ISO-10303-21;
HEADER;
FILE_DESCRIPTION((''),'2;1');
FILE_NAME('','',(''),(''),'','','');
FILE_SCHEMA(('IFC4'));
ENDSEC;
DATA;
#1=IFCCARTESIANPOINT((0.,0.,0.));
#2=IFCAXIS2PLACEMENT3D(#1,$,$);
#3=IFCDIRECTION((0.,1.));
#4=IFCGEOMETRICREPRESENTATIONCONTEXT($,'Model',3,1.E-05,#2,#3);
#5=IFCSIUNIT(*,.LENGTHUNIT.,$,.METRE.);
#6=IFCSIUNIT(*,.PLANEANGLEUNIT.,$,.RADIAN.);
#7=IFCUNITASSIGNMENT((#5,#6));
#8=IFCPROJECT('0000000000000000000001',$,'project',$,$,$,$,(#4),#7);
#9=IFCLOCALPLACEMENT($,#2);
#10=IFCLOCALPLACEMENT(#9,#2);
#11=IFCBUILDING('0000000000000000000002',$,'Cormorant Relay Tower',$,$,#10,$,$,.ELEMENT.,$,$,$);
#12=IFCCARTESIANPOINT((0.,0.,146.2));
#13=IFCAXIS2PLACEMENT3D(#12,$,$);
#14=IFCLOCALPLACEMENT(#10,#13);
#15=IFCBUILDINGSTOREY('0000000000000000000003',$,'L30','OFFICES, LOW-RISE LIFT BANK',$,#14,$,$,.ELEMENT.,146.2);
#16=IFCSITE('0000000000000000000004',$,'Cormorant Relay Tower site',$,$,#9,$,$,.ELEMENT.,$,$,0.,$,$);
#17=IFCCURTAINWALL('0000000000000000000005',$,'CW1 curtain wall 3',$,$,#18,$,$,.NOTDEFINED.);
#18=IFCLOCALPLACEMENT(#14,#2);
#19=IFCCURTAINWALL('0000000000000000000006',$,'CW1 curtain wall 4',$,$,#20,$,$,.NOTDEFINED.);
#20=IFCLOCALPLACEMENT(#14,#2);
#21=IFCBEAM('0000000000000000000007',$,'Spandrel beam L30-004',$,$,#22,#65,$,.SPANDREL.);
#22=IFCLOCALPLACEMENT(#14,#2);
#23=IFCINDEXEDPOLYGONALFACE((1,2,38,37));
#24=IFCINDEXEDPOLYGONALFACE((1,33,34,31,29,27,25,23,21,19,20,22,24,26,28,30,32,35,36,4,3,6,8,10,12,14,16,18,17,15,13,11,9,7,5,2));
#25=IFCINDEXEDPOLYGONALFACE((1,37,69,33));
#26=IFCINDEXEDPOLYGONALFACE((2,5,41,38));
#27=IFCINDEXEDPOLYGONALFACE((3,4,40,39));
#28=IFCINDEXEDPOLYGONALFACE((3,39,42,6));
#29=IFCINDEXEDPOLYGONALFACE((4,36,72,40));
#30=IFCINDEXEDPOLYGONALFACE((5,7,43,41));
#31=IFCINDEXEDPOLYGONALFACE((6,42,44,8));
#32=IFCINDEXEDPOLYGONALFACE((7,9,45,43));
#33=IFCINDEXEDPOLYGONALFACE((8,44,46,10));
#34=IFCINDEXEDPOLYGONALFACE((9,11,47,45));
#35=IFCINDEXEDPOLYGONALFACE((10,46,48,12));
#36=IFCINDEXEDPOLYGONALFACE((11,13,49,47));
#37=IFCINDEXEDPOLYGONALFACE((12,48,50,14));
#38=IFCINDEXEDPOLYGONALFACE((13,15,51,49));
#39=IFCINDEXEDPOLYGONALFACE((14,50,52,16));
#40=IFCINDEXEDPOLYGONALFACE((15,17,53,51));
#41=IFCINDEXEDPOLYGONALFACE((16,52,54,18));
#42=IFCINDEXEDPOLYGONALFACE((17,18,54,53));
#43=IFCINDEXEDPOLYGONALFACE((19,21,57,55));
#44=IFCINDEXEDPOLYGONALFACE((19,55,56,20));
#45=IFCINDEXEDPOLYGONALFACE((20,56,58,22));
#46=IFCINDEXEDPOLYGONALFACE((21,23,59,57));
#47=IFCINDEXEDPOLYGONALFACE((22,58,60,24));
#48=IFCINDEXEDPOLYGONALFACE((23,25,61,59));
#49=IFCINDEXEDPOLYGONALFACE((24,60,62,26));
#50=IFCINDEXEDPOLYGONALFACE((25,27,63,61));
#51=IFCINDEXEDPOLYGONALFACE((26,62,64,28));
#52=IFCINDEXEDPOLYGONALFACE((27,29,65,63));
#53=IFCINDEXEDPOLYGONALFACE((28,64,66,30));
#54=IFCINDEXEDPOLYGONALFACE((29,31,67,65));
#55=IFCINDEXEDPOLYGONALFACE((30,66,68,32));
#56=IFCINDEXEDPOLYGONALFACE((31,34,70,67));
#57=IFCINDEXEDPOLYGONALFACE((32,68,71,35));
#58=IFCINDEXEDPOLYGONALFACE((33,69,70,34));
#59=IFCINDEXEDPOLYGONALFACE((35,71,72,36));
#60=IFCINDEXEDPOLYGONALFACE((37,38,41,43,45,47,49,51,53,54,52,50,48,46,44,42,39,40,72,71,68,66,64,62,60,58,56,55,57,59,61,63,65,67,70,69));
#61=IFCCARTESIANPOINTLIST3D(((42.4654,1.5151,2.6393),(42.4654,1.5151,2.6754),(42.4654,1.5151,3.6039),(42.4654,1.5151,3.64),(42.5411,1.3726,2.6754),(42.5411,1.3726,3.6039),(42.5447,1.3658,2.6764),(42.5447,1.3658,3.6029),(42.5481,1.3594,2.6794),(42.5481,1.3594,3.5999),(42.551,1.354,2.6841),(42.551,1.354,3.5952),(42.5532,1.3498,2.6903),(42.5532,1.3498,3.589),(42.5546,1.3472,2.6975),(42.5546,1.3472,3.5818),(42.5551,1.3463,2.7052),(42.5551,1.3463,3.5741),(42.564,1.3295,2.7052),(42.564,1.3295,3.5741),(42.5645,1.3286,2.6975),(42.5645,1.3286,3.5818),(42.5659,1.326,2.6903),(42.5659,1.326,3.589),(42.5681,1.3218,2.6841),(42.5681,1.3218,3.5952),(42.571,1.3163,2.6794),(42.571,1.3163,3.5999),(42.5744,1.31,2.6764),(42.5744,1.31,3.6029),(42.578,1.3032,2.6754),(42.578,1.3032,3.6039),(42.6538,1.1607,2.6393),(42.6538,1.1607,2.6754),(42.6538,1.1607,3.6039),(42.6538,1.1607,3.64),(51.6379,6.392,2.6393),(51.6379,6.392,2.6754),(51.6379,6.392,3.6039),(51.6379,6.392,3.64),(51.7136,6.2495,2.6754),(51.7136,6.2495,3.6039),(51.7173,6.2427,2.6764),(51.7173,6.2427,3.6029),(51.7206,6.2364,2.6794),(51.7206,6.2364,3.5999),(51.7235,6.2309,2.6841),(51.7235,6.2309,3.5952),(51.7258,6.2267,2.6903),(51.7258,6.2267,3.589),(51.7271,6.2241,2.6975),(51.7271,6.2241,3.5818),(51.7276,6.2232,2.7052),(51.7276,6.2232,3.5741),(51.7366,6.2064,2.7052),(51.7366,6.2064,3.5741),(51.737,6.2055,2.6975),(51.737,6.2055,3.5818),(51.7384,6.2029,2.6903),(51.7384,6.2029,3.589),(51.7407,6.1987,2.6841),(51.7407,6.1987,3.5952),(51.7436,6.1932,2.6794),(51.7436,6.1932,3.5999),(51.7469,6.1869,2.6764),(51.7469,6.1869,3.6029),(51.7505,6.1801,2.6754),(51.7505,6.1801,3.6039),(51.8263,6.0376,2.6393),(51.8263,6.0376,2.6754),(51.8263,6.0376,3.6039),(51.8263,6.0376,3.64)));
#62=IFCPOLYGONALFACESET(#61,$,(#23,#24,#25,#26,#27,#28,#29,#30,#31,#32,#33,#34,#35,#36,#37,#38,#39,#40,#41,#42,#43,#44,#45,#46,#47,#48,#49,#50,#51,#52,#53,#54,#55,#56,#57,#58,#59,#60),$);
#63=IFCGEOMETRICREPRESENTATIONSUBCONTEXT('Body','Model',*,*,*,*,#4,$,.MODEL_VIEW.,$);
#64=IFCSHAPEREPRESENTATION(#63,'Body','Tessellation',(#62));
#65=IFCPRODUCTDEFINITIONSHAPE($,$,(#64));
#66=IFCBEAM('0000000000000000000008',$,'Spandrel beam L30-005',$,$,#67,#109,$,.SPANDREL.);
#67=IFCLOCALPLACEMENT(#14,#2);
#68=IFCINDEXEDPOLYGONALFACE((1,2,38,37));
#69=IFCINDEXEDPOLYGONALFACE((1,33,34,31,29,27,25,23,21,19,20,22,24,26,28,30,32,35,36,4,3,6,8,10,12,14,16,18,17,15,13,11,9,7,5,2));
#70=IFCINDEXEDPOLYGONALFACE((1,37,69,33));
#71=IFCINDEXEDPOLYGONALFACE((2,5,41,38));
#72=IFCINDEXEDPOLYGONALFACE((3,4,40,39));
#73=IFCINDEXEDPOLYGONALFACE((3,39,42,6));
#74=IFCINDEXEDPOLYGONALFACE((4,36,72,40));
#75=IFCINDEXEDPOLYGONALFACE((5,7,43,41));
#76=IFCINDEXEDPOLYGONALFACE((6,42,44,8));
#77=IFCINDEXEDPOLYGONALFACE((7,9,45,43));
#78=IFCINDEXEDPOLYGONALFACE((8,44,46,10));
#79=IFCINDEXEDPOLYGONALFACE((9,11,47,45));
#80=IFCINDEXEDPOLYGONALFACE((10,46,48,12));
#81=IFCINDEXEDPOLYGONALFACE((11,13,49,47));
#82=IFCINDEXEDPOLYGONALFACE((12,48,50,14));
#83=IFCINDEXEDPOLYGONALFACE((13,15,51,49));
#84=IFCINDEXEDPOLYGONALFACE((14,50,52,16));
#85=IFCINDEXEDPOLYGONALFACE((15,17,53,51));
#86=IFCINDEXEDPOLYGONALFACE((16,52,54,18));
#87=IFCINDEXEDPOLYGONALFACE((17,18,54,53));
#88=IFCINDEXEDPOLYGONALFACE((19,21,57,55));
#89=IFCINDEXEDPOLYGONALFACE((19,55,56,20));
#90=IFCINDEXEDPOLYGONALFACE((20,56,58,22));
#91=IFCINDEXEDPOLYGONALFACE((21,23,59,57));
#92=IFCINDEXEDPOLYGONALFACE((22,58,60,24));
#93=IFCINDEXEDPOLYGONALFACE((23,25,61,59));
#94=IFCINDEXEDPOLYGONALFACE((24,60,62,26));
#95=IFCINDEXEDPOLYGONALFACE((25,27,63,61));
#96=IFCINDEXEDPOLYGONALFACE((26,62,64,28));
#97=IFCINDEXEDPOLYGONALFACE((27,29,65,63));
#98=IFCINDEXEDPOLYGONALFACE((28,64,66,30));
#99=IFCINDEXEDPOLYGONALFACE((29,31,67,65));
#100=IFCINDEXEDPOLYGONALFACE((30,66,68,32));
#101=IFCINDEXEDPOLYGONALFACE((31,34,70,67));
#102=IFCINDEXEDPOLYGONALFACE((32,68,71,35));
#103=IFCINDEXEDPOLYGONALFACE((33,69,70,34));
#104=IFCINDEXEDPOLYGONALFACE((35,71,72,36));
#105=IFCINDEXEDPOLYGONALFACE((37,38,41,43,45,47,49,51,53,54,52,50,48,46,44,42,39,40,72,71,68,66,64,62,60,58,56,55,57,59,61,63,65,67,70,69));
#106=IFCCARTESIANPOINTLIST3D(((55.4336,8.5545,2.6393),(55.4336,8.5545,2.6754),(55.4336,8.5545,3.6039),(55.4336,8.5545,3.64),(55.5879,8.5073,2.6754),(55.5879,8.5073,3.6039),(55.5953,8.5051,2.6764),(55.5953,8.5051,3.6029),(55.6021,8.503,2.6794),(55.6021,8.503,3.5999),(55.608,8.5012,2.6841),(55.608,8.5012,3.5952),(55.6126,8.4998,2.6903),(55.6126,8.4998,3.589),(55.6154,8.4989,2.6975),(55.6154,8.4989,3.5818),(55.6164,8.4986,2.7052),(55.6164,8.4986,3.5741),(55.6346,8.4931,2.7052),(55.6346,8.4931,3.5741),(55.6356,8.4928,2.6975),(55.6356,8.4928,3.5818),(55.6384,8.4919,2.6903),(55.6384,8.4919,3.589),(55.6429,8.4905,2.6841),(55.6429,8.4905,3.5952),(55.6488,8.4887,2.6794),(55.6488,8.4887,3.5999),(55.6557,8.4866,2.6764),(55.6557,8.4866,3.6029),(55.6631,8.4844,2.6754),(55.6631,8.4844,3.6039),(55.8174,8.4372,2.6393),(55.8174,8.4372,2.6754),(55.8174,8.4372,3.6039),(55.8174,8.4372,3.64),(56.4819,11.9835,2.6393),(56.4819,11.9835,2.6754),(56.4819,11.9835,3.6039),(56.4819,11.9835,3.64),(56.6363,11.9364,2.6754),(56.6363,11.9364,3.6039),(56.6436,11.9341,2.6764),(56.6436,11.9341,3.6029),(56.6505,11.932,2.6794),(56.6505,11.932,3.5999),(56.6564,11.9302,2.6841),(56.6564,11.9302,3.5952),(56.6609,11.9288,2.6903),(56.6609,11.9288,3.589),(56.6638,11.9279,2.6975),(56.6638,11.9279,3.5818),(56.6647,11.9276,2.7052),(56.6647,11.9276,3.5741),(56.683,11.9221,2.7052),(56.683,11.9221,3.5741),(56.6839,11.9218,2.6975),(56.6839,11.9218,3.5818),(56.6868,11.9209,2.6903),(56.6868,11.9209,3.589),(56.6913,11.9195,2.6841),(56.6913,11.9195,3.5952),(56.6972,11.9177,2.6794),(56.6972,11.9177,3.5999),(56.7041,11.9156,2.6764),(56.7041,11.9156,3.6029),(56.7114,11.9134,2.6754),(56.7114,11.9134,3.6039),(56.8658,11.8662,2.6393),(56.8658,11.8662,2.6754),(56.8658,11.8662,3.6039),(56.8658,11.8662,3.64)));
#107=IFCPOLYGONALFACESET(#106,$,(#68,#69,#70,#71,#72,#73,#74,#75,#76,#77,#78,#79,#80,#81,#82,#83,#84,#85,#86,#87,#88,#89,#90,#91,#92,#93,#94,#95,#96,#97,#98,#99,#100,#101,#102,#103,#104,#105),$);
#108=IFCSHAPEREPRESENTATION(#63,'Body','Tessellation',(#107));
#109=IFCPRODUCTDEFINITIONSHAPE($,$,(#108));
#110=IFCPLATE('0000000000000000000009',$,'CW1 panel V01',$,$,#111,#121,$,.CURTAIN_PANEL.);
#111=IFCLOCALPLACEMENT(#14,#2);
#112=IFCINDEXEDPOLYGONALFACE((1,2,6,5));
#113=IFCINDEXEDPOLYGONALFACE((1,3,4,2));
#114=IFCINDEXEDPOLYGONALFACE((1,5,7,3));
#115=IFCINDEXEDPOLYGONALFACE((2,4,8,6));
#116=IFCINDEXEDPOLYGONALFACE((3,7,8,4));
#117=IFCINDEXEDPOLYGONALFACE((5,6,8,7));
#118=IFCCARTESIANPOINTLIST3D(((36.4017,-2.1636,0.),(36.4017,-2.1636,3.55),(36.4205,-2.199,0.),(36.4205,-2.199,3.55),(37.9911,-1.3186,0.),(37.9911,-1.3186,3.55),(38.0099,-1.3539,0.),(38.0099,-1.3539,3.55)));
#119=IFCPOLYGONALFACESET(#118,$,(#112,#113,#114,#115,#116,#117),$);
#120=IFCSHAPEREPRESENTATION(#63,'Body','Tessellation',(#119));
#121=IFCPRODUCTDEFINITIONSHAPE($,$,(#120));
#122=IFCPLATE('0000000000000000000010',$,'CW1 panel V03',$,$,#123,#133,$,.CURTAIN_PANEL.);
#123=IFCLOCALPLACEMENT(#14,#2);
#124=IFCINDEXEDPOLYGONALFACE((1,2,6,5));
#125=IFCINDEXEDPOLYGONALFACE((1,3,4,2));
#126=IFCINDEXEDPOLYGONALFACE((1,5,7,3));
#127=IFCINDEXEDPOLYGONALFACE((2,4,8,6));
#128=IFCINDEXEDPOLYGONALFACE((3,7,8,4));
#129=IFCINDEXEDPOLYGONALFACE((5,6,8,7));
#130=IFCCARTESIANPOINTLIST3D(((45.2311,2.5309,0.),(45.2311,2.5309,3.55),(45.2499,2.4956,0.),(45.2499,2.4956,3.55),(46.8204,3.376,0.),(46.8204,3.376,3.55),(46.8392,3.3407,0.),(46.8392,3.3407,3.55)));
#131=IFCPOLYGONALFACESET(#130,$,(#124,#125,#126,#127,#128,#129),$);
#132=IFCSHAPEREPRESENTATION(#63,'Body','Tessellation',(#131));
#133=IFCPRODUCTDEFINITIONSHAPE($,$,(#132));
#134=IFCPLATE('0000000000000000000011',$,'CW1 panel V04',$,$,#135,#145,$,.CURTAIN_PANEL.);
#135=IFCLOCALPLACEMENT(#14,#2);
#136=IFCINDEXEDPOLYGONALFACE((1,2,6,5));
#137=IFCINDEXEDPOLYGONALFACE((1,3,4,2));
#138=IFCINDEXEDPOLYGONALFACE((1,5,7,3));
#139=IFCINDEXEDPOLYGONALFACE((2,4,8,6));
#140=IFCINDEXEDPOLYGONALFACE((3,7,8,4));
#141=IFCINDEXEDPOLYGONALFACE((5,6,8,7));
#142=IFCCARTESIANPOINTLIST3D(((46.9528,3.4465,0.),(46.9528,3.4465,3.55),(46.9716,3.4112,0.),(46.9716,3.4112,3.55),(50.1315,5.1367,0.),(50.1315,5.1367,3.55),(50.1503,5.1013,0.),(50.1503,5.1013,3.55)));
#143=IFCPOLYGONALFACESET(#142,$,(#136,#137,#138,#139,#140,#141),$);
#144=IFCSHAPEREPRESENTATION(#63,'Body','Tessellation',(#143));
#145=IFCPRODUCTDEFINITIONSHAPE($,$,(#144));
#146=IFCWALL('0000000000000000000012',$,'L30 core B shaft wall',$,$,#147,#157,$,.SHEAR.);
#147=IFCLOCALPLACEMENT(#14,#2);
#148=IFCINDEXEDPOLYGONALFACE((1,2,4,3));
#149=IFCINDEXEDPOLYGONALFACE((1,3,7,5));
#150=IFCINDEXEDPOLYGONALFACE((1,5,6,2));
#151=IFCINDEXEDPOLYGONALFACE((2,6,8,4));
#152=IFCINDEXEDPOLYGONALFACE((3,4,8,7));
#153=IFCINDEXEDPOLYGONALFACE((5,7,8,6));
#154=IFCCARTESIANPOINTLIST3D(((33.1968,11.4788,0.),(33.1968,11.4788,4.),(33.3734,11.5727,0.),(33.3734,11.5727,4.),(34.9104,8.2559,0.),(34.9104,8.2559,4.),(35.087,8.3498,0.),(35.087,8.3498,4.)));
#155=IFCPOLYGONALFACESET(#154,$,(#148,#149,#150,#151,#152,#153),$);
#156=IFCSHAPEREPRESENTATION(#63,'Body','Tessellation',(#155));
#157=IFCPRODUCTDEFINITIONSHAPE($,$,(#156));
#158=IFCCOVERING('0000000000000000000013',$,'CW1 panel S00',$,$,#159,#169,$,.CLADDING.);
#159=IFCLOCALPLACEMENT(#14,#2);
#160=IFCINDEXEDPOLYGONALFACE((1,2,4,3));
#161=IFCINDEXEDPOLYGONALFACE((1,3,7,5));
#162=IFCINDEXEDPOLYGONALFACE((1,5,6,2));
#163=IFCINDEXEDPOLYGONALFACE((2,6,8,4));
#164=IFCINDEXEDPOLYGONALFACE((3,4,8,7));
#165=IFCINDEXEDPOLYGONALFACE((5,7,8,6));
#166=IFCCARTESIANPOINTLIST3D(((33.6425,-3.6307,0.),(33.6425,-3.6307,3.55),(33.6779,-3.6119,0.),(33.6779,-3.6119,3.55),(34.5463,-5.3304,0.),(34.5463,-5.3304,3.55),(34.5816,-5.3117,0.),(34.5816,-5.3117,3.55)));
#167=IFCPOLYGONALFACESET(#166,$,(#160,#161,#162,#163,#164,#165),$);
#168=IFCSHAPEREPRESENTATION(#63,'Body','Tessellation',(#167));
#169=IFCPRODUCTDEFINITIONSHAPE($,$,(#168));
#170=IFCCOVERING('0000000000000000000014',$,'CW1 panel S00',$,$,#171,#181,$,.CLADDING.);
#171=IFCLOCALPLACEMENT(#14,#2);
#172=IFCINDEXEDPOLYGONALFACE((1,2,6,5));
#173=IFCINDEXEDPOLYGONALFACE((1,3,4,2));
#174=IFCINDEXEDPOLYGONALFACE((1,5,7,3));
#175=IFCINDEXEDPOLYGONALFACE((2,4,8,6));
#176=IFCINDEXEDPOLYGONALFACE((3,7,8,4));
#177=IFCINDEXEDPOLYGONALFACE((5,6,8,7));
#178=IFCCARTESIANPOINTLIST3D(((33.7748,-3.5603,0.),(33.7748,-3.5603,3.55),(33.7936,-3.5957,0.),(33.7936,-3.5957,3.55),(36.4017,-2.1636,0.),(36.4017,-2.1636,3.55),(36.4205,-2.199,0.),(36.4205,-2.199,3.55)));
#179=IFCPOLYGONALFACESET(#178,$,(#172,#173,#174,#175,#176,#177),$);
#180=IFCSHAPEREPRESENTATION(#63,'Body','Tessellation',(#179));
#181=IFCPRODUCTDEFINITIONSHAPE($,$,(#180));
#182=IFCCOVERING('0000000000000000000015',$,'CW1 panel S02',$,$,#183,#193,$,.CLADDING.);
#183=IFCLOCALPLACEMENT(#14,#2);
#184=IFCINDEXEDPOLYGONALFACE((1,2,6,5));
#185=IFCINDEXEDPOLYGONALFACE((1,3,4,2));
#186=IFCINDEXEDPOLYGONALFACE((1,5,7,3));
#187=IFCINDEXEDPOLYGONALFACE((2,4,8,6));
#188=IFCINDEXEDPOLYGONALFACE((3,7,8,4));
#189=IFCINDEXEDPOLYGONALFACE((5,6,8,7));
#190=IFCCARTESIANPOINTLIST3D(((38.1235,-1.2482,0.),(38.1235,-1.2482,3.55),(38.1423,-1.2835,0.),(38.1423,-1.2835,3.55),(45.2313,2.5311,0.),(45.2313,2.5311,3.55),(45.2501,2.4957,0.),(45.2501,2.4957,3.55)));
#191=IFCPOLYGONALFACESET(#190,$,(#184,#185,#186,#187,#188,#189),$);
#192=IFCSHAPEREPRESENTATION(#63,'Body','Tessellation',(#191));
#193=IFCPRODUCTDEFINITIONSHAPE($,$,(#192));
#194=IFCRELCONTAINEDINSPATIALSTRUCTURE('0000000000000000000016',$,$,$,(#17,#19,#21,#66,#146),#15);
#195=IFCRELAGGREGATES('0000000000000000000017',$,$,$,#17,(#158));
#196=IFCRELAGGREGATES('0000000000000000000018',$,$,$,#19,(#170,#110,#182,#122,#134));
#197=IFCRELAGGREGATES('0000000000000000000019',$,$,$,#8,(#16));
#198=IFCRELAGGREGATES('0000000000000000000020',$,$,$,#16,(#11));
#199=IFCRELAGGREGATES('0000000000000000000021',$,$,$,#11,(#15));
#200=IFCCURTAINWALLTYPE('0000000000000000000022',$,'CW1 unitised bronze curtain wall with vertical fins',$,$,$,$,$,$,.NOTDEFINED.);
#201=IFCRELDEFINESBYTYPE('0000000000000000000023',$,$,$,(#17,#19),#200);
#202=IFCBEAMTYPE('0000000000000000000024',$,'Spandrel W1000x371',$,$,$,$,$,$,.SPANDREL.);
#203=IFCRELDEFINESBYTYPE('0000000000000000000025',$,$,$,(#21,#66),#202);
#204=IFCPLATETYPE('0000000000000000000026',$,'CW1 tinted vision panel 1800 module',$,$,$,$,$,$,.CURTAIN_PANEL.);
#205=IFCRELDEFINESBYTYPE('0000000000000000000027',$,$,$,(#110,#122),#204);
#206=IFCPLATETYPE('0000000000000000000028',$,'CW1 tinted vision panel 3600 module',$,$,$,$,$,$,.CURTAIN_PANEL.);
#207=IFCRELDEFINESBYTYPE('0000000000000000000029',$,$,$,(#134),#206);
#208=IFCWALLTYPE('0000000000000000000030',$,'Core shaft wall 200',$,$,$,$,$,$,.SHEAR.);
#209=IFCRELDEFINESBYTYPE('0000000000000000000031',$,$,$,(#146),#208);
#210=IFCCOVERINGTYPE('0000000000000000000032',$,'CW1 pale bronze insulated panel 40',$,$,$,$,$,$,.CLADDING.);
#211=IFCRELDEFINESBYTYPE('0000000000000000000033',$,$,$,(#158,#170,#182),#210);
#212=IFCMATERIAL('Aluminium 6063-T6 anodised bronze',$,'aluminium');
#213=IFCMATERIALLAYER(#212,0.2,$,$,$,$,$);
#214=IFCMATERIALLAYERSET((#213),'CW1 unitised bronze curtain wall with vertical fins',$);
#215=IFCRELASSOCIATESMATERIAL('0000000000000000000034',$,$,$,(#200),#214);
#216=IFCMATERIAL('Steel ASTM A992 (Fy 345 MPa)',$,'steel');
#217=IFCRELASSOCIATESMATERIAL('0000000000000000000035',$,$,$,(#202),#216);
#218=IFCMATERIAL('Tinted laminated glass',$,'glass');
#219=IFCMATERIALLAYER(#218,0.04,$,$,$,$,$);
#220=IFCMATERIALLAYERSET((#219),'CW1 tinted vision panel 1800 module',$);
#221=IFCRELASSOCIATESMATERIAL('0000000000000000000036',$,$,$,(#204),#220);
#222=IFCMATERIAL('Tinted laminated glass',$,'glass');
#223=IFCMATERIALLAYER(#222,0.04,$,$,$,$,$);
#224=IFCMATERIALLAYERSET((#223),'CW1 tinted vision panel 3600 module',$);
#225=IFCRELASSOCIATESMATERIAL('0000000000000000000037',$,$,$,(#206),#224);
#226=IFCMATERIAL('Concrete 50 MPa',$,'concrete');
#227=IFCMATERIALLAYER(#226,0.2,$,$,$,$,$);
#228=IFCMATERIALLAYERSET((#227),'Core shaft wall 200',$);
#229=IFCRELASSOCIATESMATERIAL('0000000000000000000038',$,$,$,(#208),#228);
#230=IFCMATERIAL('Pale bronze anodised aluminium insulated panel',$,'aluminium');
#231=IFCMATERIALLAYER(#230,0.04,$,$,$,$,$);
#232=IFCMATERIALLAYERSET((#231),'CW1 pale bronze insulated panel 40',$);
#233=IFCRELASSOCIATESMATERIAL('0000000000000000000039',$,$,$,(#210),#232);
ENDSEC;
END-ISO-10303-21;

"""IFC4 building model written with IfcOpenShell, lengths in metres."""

from ifc_helpers import new_model, si_unit, direction, frame, frame_2d, origin, origin_2d, place, context, subcontext, project, spatial, rectangle, i_section, extrude, material, layer, layer_set, material_profile, profile_set, type_object, element, aggregate, save


model = new_model("IFC4")

# Units and contexts
model_context = context("Model", 3, precision=1e-05, world=origin(), true_north=direction((0.0, 1.0)))
body_context = subcontext(model_context, "Body", "Model", "MODEL_VIEW")
ifc_project = project(units=[si_unit("LENGTHUNIT", "METRE"), si_unit("PLANEANGLEUNIT", "RADIAN")], contexts=[model_context])

# Site, building, storey
site_placement = place(None, origin())
site = spatial("IfcSite", under=ifc_project, at=site_placement, Name="Cormorant Relay Tower site", CompositionType="ELEMENT", RefElevation=0.0)
building_placement = place(site_placement, origin())
building = spatial("IfcBuilding", under=site, at=building_placement, Name="Cormorant Relay Tower", CompositionType="ELEMENT")
storey_placement = place(building_placement, frame((0.0, 0.0, 146.2)))
storey = spatial("IfcBuildingStorey", under=building, at=storey_placement, Name="L30", Description="OFFICES, LOW-RISE LIFT BANK", CompositionType="ELEMENT", Elevation=146.2)

# Curtain wall
ifc_material_1 = material(Name="Aluminium 6063-T6 anodised bronze", Category="aluminium")
ifc_layer_1 = layer(ifc_material_1, 0.2)
ifc_layer_set_1 = layer_set([ifc_layer_1], Name="CW1 unitised bronze curtain wall with vertical fins")
curtain_wall_type = type_object("IfcCurtainWallType", Name="CW1 unitised bronze curtain wall with vertical fins", PredefinedType="NOTDEFINED", material=ifc_layer_set_1)
curtain_wall_1_placement = place(storey_placement, origin())
curtain_wall_1 = element("IfcCurtainWall", 1, at=curtain_wall_1_placement, inside=storey, type_object=curtain_wall_type, Name="CW1 curtain wall 3", PredefinedType="NOTDEFINED")

# Curtain wall
curtain_wall_2_placement = place(storey_placement, origin())
curtain_wall_2 = element("IfcCurtainWall", 2, at=curtain_wall_2_placement, inside=storey, type_object=curtain_wall_type, Name="CW1 curtain wall 4", PredefinedType="NOTDEFINED")

# Beams
ifc_material_2 = material(Name="Steel ASTM A992 (Fy 345 MPa)", Category="steel")
ifc_material_profile_1 = material_profile(ifc_material_2, i_section(OverallWidth=0.4014, OverallDepth=1.0007, WebThickness=0.019, FlangeThickness=0.0361, FilletRadius=0.0298, at=origin_2d()), Name="W1000x371")
ifc_profile_set_1 = profile_set([ifc_material_profile_1], Name="Steel ASTM A992 (Fy 345 MPa)")
beam_type = type_object("IfcBeamType", Name="Spandrel W1000x371", PredefinedType="SPANDREL", material=ifc_profile_set_1)
beam_1_placement = place(storey_placement, frame((42.5596, 1.3379, 3.1396), z_axis=(0.882956, 0.469456, 0.0), x_axis=(-0.469456, 0.882956, 0.0)))
element("IfcBeam", 3, at=beam_1_placement, inside=storey, type_object=beam_type, Name="Spandrel beam L30-004", PredefinedType="SPANDREL", context=body_context, shape_type="SweptSolid", body=[
    extrude(i_section(OverallWidth=0.4014, OverallDepth=1.0007, WebThickness=0.019, FlangeThickness=0.0361, FilletRadius=0.0298, at=origin_2d()), origin(), (0.0, 0.0, 1.0), 10.3884),
])
beam_2_placement = place(storey_placement, frame((55.6255, 8.4958, 3.1396), z_axis=(0.292372, 0.956305, 0.0), x_axis=(-0.956305, 0.292372, 0.0)))
element("IfcBeam", 4, at=beam_2_placement, inside=storey, type_object=beam_type, Name="Spandrel beam L30-005", PredefinedType="SPANDREL", context=body_context, shape_type="SweptSolid", body=[
    extrude(i_section(OverallWidth=0.4014, OverallDepth=1.0007, WebThickness=0.019, FlangeThickness=0.0361, FilletRadius=0.0298, at=origin_2d()), origin(), (0.0, 0.0, 1.0), 3.5857),
])

# Plates
ifc_material_3 = material(Name="Tinted laminated glass", Category="glass")
ifc_layer_2 = layer(ifc_material_3, 0.04)
ifc_layer_set_2 = layer_set([ifc_layer_2], Name="CW1 tinted vision panel 1800 module")
plate_type_1 = type_object("IfcPlateType", Name="CW1 tinted vision panel 1800 module", PredefinedType="CURTAIN_PANEL", material=ifc_layer_set_2)
plate_1_placement = place(storey_placement, frame((37.2058, -1.7588, 0.0), z_axis=(0.0, 0.0, 1.0), x_axis=(0.882948, 0.469472, 0.0)))
plate_1 = element("IfcPlate", 5, at=plate_1_placement, type_object=plate_type_1, Name="CW1 panel V01", PredefinedType="CURTAIN_PANEL", context=body_context, shape_type="SweptSolid", body=[
    extrude(rectangle(XDim=1.8, YDim=0.04, at=origin_2d()), origin(), (0.0, 0.0, 1.0), 3.55),
])
plate_2_placement = place(storey_placement, frame((46.0352, 2.9358, 0.0), z_axis=(0.0, 0.0, 1.0), x_axis=(0.882948, 0.469472, 0.0)))
plate_2 = element("IfcPlate", 6, at=plate_2_placement, type_object=plate_type_1, Name="CW1 panel V03", PredefinedType="CURTAIN_PANEL", context=body_context, shape_type="SweptSolid", body=[
    extrude(rectangle(XDim=1.8, YDim=0.04, at=origin_2d()), origin(), (0.0, 0.0, 1.0), 3.55),
])
ifc_material_4 = material(Name="Tinted laminated glass", Category="glass")
ifc_layer_3 = layer(ifc_material_4, 0.04)
ifc_layer_set_3 = layer_set([ifc_layer_3], Name="CW1 tinted vision panel 3600 module")
plate_type_2 = type_object("IfcPlateType", Name="CW1 tinted vision panel 3600 module", PredefinedType="CURTAIN_PANEL", material=ifc_layer_set_3)
plate_3_placement = place(storey_placement, frame((48.5515, 4.2739, 0.0), z_axis=(0.0, 0.0, 1.0), x_axis=(0.882948, 0.469472, 0.0)))
plate_3 = element("IfcPlate", 7, at=plate_3_placement, type_object=plate_type_2, Name="CW1 panel V04", PredefinedType="CURTAIN_PANEL", context=body_context, shape_type="SweptSolid", body=[
    extrude(rectangle(XDim=3.6001, YDim=0.04, at=origin_2d()), origin(), (0.0, 0.0, 1.0), 3.55),
])

# Wall
ifc_material_5 = material(Name="Concrete 50 MPa", Category="concrete")
ifc_layer_4 = layer(ifc_material_5, 0.2)
ifc_layer_set_4 = layer_set([ifc_layer_4], Name="Core shaft wall 200")
wall_type_1 = type_object("IfcWallType", Name="Core shaft wall 200", PredefinedType="SHEAR", material=ifc_layer_set_4)
wall_1_placement = place(storey_placement, frame((34.9988, 8.3027, 0.0), z_axis=(0.0, 0.0, 1.0), x_axis=(-0.469467, 0.88295, 0.0)))
element("IfcWall", 8, at=wall_1_placement, inside=storey, type_object=wall_type_1, Name="L30 core B shaft wall", PredefinedType="SHEAR", context=body_context, shape_type="SweptSolid", body=[
    extrude(rectangle(XDim=3.6501, YDim=0.2, at=frame_2d((1.8252, 0.0))), origin(), (0.0, 0.0, 1.0), 4.0),
])

# Coverings
ifc_material_6 = material(Name="Pale bronze anodised aluminium insulated panel", Category="aluminium")
ifc_layer_5 = layer(ifc_material_6, 0.04)
ifc_layer_set_5 = layer_set([ifc_layer_5], Name="CW1 pale bronze insulated panel 40")
covering_type = type_object("IfcCoveringType", Name="CW1 pale bronze insulated panel 40", PredefinedType="CLADDING", material=ifc_layer_set_5)
covering_1_placement = place(storey_placement, frame((34.1121, -4.4712, 0.0), z_axis=(0.0, 0.0, 1.0), x_axis=(-0.469472, 0.882948, 0.0)))
covering_1 = element("IfcCovering", 9, at=covering_1_placement, type_object=covering_type, Name="CW1 panel S00", PredefinedType="CLADDING", context=body_context, shape_type="SweptSolid", body=[
    extrude(rectangle(XDim=1.925, YDim=0.04, at=origin_2d()), origin(), (0.0, 0.0, 1.0), 3.55),
])
aggregate(curtain_wall_1, [covering_1])
covering_2_placement = place(storey_placement, frame((35.0977, -2.8796, 0.0), z_axis=(0.0, 0.0, 1.0), x_axis=(0.882948, 0.469472, 0.0)))
covering_2 = element("IfcCovering", 10, at=covering_2_placement, type_object=covering_type, Name="CW1 panel S00", PredefinedType="CLADDING", context=body_context, shape_type="SweptSolid", body=[
    extrude(rectangle(XDim=2.9751, YDim=0.04, at=origin_2d()), origin(), (0.0, 0.0, 1.0), 3.55),
])
covering_3_placement = place(storey_placement, frame((41.6868, 0.6238, 0.0), z_axis=(0.0, 0.0, 1.0), x_axis=(0.882948, 0.469472, 0.0)))
covering_3 = element("IfcCovering", 11, at=covering_3_placement, type_object=covering_type, Name="CW1 panel S02", PredefinedType="CLADDING", context=body_context, shape_type="SweptSolid", body=[
    extrude(rectangle(XDim=8.05, YDim=0.04, at=origin_2d()), origin(), (0.0, 0.0, 1.0), 3.55),
])
aggregate(curtain_wall_2, [covering_2, plate_1, covering_3, plate_2, plate_3])

save(model, "model.ifc")
